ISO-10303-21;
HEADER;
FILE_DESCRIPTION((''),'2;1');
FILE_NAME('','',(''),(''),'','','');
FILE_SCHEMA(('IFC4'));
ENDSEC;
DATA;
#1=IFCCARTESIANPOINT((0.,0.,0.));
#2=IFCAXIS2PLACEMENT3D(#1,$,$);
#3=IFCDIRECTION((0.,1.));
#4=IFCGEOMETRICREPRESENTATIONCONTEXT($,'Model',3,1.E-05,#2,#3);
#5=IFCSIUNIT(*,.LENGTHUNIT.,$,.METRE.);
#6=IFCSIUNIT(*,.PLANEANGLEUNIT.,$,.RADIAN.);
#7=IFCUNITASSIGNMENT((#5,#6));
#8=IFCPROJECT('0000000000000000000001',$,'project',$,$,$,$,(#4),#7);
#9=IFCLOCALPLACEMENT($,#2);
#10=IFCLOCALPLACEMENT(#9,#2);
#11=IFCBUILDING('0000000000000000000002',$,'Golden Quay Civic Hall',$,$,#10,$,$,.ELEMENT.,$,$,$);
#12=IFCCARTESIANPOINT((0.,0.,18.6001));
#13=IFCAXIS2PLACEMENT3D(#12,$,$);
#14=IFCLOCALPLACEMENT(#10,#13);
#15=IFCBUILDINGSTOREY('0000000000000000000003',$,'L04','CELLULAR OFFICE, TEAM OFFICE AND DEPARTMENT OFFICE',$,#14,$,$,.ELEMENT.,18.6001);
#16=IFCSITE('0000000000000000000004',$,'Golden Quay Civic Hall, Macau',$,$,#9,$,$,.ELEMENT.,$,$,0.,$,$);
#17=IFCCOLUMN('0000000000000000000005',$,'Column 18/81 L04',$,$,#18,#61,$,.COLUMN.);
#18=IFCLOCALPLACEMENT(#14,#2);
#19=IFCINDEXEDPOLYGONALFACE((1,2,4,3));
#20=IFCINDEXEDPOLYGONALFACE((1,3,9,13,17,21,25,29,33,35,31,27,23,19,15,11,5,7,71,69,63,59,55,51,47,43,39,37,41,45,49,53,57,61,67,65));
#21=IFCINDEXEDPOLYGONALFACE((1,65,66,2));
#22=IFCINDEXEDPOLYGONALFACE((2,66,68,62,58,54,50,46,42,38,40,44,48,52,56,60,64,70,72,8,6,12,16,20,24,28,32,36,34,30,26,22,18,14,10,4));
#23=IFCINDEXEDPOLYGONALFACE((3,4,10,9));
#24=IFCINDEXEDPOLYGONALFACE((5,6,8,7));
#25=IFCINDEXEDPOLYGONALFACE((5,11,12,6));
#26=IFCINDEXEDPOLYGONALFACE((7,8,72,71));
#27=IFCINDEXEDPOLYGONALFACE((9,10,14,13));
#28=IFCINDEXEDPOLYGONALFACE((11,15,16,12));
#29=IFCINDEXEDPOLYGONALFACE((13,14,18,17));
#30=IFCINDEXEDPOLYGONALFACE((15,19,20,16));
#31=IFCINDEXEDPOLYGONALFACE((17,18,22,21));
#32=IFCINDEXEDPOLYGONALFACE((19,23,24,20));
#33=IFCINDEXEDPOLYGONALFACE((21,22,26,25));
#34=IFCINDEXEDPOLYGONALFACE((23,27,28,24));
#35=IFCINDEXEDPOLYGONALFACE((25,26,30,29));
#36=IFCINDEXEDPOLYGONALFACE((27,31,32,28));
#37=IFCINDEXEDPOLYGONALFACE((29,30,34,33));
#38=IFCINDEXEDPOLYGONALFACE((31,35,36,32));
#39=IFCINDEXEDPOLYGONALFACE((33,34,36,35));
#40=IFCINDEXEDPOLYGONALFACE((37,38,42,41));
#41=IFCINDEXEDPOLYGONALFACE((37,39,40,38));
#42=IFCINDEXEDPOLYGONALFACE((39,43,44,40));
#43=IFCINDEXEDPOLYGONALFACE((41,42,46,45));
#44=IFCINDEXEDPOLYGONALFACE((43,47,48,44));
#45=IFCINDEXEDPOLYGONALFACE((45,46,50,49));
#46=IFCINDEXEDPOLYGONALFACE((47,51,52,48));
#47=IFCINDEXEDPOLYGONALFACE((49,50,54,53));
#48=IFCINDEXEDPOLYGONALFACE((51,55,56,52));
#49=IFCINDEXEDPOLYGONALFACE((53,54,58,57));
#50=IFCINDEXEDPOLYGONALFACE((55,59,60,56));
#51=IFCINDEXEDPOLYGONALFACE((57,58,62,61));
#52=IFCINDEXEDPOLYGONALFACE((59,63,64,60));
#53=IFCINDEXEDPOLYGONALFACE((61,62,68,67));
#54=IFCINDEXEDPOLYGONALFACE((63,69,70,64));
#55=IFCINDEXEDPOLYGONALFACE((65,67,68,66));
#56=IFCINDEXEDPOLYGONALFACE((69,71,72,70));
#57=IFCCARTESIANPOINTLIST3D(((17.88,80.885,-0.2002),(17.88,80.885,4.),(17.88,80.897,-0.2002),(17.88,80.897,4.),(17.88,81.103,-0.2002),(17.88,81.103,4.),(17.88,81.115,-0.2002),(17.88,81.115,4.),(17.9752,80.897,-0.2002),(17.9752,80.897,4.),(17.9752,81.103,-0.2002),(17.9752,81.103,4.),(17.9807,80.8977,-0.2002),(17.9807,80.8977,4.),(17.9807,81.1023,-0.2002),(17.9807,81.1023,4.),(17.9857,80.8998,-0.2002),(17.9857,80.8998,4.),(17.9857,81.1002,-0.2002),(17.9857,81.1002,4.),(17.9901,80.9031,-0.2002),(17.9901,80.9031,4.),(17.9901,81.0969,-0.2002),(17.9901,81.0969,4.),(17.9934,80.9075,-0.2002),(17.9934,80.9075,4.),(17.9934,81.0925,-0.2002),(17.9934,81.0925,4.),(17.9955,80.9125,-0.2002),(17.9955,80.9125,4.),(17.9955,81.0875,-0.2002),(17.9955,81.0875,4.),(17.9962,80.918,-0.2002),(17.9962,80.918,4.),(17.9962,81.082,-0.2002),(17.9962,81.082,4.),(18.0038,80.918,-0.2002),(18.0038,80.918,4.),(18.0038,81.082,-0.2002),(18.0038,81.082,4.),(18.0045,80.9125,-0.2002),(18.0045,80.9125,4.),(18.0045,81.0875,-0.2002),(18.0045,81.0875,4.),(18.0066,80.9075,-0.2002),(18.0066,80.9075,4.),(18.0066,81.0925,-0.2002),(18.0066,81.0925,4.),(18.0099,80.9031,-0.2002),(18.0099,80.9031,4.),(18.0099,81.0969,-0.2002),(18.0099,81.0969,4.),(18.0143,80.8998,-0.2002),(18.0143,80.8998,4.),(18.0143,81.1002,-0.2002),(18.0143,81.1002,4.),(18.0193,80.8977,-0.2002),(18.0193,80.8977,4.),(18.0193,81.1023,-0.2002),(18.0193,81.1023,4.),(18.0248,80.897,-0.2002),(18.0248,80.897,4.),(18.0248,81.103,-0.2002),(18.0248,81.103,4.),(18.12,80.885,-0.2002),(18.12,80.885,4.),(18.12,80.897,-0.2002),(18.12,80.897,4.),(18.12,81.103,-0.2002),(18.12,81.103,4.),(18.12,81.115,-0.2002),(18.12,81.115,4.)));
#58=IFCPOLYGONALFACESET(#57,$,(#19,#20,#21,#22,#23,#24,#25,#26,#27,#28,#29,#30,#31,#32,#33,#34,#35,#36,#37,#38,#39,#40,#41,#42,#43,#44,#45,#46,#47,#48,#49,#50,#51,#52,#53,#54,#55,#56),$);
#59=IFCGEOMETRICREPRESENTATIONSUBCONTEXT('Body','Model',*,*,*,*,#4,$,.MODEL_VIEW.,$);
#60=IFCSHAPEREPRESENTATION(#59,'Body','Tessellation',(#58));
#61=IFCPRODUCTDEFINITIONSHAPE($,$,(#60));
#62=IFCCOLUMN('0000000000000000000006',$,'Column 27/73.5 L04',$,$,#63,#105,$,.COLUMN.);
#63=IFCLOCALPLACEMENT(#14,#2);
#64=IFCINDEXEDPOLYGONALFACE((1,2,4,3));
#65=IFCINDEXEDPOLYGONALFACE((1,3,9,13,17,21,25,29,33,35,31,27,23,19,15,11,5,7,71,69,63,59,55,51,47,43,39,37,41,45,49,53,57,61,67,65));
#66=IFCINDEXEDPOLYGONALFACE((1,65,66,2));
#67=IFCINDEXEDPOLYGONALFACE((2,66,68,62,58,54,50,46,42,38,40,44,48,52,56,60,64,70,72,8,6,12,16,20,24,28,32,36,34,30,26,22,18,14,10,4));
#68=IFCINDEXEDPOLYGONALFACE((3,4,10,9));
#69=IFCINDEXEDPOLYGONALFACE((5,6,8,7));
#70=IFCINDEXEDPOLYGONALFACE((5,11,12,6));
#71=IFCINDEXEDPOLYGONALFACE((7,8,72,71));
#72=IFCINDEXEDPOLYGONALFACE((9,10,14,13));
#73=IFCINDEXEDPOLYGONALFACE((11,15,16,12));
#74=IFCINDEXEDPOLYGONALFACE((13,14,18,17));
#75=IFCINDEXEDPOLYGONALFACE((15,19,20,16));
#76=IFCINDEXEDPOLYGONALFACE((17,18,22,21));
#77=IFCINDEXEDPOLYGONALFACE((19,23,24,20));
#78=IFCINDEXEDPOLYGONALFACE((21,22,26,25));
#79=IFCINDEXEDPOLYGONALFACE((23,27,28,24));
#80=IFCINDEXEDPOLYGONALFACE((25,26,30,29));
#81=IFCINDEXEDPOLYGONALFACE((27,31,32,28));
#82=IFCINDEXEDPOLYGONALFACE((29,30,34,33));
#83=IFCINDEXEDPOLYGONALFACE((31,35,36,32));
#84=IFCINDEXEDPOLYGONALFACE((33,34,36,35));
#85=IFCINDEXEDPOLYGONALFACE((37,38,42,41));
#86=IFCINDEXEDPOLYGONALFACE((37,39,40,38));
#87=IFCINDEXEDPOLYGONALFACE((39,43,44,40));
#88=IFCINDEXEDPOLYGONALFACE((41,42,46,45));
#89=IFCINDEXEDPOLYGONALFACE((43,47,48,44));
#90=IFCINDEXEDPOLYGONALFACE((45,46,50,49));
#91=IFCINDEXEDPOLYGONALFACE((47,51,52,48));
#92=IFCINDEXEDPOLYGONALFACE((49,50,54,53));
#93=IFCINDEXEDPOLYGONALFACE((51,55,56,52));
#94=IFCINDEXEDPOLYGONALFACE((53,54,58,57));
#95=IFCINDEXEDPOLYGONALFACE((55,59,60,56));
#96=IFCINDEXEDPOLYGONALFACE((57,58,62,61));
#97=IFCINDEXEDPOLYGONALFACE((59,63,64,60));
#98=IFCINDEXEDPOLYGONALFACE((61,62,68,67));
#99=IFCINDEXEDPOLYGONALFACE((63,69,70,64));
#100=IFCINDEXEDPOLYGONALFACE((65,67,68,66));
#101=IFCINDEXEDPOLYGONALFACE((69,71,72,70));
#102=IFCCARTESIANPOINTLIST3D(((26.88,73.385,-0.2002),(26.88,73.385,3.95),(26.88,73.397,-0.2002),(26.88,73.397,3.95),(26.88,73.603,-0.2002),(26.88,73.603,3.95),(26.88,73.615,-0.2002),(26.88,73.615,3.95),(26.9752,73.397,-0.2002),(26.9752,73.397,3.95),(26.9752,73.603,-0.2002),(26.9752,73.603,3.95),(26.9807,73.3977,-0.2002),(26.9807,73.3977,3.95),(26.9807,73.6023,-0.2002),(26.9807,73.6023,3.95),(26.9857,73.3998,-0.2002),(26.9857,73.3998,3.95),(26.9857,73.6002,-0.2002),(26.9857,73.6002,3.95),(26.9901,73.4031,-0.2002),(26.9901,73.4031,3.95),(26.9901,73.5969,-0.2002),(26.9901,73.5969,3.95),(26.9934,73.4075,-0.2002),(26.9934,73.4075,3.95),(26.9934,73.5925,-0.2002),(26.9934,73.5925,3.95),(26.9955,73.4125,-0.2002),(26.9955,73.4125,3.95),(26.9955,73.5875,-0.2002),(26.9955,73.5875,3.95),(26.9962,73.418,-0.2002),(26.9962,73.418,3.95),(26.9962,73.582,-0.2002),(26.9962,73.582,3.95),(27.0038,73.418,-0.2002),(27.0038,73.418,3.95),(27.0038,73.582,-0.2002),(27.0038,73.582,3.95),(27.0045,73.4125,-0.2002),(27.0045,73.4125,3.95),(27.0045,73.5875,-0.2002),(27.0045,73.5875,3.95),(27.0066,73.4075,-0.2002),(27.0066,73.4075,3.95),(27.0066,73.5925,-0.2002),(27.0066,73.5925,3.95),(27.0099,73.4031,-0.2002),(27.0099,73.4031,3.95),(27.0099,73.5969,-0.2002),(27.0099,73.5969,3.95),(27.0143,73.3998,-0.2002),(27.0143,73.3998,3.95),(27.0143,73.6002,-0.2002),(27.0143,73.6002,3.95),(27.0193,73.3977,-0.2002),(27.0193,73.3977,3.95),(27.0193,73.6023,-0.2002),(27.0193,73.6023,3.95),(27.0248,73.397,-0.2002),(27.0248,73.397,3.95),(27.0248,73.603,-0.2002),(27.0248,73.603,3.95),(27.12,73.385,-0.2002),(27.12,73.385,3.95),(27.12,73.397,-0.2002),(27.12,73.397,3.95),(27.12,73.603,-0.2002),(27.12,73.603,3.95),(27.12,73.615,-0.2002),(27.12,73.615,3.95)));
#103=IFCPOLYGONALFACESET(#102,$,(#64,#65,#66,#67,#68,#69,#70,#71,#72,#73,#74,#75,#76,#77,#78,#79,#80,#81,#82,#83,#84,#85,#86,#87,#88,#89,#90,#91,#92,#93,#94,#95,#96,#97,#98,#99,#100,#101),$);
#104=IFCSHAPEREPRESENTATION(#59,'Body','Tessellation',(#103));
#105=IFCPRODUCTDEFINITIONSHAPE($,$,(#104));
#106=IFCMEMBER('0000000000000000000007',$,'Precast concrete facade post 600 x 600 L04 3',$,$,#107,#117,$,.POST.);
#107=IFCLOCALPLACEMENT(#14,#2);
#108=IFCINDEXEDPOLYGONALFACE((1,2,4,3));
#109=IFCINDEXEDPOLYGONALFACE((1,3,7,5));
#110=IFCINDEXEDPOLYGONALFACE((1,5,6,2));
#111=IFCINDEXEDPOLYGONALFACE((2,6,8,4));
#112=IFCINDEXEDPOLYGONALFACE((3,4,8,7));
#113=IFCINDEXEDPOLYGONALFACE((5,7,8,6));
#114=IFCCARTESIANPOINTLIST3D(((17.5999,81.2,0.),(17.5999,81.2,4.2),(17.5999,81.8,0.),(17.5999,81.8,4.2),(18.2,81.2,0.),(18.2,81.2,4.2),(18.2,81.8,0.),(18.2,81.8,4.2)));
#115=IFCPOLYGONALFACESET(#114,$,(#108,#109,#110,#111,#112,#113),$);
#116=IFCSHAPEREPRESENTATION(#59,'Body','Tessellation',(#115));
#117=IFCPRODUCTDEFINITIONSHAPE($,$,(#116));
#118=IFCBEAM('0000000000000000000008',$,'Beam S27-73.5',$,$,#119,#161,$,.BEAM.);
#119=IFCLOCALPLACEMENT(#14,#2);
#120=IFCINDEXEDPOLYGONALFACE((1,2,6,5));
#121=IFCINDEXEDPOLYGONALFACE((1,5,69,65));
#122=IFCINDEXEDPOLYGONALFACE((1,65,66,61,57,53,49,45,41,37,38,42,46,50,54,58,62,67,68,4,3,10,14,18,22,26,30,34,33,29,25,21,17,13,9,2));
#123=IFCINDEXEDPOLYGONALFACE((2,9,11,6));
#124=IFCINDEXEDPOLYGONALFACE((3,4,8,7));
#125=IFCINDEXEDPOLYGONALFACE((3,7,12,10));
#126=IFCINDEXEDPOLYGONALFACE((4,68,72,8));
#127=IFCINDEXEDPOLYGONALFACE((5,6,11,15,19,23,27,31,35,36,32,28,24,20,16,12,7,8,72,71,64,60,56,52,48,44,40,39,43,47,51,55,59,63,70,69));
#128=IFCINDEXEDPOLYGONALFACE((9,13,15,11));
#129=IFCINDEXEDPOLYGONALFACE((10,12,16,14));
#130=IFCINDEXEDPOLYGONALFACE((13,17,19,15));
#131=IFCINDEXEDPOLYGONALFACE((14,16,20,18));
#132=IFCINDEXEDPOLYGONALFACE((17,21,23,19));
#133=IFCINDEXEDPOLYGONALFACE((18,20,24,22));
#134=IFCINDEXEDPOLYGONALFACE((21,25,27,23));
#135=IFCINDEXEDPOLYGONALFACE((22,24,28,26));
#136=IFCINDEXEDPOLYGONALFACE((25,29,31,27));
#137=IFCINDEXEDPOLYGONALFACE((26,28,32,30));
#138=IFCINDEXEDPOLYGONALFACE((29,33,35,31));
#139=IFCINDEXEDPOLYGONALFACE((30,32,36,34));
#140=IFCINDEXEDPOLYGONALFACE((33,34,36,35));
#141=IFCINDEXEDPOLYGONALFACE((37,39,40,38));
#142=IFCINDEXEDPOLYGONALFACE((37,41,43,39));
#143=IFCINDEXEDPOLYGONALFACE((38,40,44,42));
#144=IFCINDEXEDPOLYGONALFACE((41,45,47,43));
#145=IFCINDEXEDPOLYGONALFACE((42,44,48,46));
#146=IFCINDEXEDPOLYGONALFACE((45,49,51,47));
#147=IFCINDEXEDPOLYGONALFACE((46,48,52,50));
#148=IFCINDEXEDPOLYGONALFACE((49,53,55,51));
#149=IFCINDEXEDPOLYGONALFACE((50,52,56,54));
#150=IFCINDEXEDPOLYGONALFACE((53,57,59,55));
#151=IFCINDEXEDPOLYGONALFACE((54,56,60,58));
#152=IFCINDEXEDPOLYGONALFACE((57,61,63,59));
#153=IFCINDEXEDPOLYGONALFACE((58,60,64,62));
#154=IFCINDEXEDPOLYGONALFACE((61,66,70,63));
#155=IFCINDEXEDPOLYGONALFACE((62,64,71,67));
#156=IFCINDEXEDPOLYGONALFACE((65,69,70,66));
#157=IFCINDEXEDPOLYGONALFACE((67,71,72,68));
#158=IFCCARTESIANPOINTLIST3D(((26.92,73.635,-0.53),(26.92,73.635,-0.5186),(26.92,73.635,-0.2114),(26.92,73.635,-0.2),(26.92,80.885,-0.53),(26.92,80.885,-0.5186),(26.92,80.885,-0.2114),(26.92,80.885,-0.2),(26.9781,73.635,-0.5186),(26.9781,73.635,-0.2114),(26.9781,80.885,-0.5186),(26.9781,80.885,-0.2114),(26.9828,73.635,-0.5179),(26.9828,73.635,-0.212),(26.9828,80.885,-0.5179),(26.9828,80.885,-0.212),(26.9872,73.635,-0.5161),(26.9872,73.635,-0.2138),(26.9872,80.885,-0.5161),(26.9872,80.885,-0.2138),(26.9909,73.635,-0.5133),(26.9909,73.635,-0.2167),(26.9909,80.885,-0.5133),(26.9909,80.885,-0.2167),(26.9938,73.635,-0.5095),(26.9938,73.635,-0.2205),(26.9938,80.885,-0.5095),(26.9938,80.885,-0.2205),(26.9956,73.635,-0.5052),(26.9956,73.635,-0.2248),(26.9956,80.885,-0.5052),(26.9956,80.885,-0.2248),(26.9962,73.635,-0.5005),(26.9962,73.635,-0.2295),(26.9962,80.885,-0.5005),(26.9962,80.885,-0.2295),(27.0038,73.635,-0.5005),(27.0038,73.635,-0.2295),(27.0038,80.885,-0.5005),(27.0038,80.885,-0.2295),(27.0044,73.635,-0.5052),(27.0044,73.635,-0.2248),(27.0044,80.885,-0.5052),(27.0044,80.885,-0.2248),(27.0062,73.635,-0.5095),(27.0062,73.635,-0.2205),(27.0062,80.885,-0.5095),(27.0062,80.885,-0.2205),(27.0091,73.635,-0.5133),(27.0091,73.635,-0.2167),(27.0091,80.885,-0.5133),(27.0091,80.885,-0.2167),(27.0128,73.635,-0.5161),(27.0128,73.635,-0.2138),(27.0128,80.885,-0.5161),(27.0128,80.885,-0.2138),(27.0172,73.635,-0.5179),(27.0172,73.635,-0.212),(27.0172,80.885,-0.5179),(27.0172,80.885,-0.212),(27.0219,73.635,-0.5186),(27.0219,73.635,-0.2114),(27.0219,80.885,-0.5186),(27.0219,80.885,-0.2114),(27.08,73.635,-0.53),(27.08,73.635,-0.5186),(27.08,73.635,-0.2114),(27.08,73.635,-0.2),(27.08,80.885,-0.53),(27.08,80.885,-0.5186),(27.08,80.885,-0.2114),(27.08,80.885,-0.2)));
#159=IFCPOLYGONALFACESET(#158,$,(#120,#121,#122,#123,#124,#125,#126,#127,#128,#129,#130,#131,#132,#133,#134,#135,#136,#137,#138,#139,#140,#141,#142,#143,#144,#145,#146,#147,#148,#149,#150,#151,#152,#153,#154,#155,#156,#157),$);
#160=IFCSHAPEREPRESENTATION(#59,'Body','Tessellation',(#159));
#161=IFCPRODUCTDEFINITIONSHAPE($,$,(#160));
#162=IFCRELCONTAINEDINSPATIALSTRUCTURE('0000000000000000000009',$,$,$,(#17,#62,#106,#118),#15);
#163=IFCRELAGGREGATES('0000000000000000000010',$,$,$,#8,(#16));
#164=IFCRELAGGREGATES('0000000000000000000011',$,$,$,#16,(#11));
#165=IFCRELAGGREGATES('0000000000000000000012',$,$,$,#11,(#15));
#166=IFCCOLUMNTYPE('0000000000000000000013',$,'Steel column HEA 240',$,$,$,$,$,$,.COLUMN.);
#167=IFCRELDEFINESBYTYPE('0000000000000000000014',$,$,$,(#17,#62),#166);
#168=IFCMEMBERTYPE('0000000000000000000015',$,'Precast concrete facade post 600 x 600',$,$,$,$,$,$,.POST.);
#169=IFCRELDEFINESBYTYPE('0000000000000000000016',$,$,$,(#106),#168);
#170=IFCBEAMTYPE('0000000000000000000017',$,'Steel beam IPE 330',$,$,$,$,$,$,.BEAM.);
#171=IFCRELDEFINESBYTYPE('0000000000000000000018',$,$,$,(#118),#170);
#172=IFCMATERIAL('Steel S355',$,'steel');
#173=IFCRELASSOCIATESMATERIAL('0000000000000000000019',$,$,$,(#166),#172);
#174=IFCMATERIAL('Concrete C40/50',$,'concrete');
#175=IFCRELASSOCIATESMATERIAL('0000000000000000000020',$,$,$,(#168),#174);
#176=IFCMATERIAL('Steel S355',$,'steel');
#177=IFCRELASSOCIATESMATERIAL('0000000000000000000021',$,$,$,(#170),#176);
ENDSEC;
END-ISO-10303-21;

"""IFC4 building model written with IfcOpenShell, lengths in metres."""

from ifc_helpers import new_model, si_unit, direction, frame, origin, origin_2d, place, context, subcontext, project, spatial, rectangle, i_section, extrude, material, material_profile, profile_set, type_object, element, save


model = new_model("IFC4")

# Units and contexts
model_context = context("Model", 3, precision=1e-05, world=origin(), true_north=direction((0.0, 1.0)))
body_context = subcontext(model_context, "Body", "Model", "MODEL_VIEW")
ifc_project = project(units=[si_unit("LENGTHUNIT", "METRE"), si_unit("PLANEANGLEUNIT", "RADIAN")], contexts=[model_context])

# Site, building, storey
site_placement = place(None, origin())
site = spatial("IfcSite", under=ifc_project, at=site_placement, Name="Golden Quay Civic Hall, Macau", CompositionType="ELEMENT", RefElevation=0.0)
building_placement = place(site_placement, origin())
building = spatial("IfcBuilding", under=site, at=building_placement, Name="Golden Quay Civic Hall", CompositionType="ELEMENT")
storey_placement = place(building_placement, frame((0.0, 0.0, 18.6001)))
storey = spatial("IfcBuildingStorey", under=building, at=storey_placement, Name="L04", Description="CELLULAR OFFICE, TEAM OFFICE AND DEPARTMENT OFFICE", CompositionType="ELEMENT", Elevation=18.6001)

# Columns
ifc_material_1 = material(Name="Steel S355", Category="steel")
ifc_material_profile_1 = material_profile(ifc_material_1, i_section(OverallWidth=0.24, OverallDepth=0.23, WebThickness=0.0076, FlangeThickness=0.012, FilletRadius=0.021, at=origin_2d()), Name="HEA 240")
ifc_profile_set_1 = profile_set([ifc_material_profile_1], Name="Steel S355")
column_type = type_object("IfcColumnType", Name="Steel column HEA 240", PredefinedType="COLUMN", material=ifc_profile_set_1)
column_1_placement = place(storey_placement, frame((18.0, 81.0, -0.2002), z_axis=(0.0, 0.0, 1.0), x_axis=(1.0, 0.0, 0.0)))
element("IfcColumn", 1, at=column_1_placement, inside=storey, type_object=column_type, Name="Column 18/81 L04", PredefinedType="COLUMN", context=body_context, shape_type="SweptSolid", body=[
    extrude(i_section(OverallWidth=0.24, OverallDepth=0.23, WebThickness=0.0076, FlangeThickness=0.012, FilletRadius=0.021, at=origin_2d()), origin(), (0.0, 0.0, 1.0), 4.2002),
])
column_2_placement = place(storey_placement, frame((27.0, 73.5, -0.2002), z_axis=(0.0, 0.0, 1.0), x_axis=(1.0, 0.0, 0.0)))
element("IfcColumn", 2, at=column_2_placement, inside=storey, type_object=column_type, Name="Column 27/73.5 L04", PredefinedType="COLUMN", context=body_context, shape_type="SweptSolid", body=[
    extrude(i_section(OverallWidth=0.24, OverallDepth=0.23, WebThickness=0.0076, FlangeThickness=0.012, FilletRadius=0.021, at=origin_2d()), origin(), (0.0, 0.0, 1.0), 4.1501),
])

# Member
ifc_material_2 = material(Name="Concrete C40/50", Category="concrete")
ifc_material_profile_2 = material_profile(ifc_material_2, rectangle(XDim=0.6001, YDim=0.6001, at=origin_2d()), Name="RC 600x600")
ifc_profile_set_2 = profile_set([ifc_material_profile_2], Name="Concrete C40/50")
member_type = type_object("IfcMemberType", Name="Precast concrete facade post 600 x 600", PredefinedType="POST", material=ifc_profile_set_2)
member_placement = place(storey_placement, frame((17.8999, 81.5, 0.0), z_axis=(0.0, 0.0, 1.0), x_axis=(1.0, 0.0, 0.0)))
element("IfcMember", 3, at=member_placement, inside=storey, type_object=member_type, Name="Precast concrete facade post 600 x 600 L04 3", PredefinedType="POST", context=body_context, shape_type="SweptSolid", body=[
    extrude(rectangle(XDim=0.6001, YDim=0.6001, at=origin_2d()), origin(), (0.0, 0.0, 1.0), 4.2),
])

# Beam
ifc_material_3 = material(Name="Steel S355", Category="steel")
ifc_material_profile_3 = material_profile(ifc_material_3, i_section(OverallWidth=0.1599, OverallDepth=0.3301, WebThickness=0.0076, FlangeThickness=0.0115, FilletRadius=0.0181, at=origin_2d()), Name="IPE 330")
ifc_profile_set_3 = profile_set([ifc_material_profile_3], Name="Steel S355")
beam_type_1 = type_object("IfcBeamType", Name="Steel beam IPE 330", PredefinedType="BEAM", material=ifc_profile_set_3)
beam_1_placement = place(storey_placement, frame((27.0, 73.635, -0.365), z_axis=(0.0, 1.0, 0.0), x_axis=(-1.0, 0.0, 0.0)))
element("IfcBeam", 4, at=beam_1_placement, inside=storey, type_object=beam_type_1, Name="Beam S27-73.5", PredefinedType="BEAM", context=body_context, shape_type="SweptSolid", body=[
    extrude(i_section(OverallWidth=0.1599, OverallDepth=0.3301, WebThickness=0.0076, FlangeThickness=0.0115, FilletRadius=0.0181, at=origin_2d()), origin(), (0.0, 0.0, 1.0), 7.25),
])

save(model, "model.ifc")
